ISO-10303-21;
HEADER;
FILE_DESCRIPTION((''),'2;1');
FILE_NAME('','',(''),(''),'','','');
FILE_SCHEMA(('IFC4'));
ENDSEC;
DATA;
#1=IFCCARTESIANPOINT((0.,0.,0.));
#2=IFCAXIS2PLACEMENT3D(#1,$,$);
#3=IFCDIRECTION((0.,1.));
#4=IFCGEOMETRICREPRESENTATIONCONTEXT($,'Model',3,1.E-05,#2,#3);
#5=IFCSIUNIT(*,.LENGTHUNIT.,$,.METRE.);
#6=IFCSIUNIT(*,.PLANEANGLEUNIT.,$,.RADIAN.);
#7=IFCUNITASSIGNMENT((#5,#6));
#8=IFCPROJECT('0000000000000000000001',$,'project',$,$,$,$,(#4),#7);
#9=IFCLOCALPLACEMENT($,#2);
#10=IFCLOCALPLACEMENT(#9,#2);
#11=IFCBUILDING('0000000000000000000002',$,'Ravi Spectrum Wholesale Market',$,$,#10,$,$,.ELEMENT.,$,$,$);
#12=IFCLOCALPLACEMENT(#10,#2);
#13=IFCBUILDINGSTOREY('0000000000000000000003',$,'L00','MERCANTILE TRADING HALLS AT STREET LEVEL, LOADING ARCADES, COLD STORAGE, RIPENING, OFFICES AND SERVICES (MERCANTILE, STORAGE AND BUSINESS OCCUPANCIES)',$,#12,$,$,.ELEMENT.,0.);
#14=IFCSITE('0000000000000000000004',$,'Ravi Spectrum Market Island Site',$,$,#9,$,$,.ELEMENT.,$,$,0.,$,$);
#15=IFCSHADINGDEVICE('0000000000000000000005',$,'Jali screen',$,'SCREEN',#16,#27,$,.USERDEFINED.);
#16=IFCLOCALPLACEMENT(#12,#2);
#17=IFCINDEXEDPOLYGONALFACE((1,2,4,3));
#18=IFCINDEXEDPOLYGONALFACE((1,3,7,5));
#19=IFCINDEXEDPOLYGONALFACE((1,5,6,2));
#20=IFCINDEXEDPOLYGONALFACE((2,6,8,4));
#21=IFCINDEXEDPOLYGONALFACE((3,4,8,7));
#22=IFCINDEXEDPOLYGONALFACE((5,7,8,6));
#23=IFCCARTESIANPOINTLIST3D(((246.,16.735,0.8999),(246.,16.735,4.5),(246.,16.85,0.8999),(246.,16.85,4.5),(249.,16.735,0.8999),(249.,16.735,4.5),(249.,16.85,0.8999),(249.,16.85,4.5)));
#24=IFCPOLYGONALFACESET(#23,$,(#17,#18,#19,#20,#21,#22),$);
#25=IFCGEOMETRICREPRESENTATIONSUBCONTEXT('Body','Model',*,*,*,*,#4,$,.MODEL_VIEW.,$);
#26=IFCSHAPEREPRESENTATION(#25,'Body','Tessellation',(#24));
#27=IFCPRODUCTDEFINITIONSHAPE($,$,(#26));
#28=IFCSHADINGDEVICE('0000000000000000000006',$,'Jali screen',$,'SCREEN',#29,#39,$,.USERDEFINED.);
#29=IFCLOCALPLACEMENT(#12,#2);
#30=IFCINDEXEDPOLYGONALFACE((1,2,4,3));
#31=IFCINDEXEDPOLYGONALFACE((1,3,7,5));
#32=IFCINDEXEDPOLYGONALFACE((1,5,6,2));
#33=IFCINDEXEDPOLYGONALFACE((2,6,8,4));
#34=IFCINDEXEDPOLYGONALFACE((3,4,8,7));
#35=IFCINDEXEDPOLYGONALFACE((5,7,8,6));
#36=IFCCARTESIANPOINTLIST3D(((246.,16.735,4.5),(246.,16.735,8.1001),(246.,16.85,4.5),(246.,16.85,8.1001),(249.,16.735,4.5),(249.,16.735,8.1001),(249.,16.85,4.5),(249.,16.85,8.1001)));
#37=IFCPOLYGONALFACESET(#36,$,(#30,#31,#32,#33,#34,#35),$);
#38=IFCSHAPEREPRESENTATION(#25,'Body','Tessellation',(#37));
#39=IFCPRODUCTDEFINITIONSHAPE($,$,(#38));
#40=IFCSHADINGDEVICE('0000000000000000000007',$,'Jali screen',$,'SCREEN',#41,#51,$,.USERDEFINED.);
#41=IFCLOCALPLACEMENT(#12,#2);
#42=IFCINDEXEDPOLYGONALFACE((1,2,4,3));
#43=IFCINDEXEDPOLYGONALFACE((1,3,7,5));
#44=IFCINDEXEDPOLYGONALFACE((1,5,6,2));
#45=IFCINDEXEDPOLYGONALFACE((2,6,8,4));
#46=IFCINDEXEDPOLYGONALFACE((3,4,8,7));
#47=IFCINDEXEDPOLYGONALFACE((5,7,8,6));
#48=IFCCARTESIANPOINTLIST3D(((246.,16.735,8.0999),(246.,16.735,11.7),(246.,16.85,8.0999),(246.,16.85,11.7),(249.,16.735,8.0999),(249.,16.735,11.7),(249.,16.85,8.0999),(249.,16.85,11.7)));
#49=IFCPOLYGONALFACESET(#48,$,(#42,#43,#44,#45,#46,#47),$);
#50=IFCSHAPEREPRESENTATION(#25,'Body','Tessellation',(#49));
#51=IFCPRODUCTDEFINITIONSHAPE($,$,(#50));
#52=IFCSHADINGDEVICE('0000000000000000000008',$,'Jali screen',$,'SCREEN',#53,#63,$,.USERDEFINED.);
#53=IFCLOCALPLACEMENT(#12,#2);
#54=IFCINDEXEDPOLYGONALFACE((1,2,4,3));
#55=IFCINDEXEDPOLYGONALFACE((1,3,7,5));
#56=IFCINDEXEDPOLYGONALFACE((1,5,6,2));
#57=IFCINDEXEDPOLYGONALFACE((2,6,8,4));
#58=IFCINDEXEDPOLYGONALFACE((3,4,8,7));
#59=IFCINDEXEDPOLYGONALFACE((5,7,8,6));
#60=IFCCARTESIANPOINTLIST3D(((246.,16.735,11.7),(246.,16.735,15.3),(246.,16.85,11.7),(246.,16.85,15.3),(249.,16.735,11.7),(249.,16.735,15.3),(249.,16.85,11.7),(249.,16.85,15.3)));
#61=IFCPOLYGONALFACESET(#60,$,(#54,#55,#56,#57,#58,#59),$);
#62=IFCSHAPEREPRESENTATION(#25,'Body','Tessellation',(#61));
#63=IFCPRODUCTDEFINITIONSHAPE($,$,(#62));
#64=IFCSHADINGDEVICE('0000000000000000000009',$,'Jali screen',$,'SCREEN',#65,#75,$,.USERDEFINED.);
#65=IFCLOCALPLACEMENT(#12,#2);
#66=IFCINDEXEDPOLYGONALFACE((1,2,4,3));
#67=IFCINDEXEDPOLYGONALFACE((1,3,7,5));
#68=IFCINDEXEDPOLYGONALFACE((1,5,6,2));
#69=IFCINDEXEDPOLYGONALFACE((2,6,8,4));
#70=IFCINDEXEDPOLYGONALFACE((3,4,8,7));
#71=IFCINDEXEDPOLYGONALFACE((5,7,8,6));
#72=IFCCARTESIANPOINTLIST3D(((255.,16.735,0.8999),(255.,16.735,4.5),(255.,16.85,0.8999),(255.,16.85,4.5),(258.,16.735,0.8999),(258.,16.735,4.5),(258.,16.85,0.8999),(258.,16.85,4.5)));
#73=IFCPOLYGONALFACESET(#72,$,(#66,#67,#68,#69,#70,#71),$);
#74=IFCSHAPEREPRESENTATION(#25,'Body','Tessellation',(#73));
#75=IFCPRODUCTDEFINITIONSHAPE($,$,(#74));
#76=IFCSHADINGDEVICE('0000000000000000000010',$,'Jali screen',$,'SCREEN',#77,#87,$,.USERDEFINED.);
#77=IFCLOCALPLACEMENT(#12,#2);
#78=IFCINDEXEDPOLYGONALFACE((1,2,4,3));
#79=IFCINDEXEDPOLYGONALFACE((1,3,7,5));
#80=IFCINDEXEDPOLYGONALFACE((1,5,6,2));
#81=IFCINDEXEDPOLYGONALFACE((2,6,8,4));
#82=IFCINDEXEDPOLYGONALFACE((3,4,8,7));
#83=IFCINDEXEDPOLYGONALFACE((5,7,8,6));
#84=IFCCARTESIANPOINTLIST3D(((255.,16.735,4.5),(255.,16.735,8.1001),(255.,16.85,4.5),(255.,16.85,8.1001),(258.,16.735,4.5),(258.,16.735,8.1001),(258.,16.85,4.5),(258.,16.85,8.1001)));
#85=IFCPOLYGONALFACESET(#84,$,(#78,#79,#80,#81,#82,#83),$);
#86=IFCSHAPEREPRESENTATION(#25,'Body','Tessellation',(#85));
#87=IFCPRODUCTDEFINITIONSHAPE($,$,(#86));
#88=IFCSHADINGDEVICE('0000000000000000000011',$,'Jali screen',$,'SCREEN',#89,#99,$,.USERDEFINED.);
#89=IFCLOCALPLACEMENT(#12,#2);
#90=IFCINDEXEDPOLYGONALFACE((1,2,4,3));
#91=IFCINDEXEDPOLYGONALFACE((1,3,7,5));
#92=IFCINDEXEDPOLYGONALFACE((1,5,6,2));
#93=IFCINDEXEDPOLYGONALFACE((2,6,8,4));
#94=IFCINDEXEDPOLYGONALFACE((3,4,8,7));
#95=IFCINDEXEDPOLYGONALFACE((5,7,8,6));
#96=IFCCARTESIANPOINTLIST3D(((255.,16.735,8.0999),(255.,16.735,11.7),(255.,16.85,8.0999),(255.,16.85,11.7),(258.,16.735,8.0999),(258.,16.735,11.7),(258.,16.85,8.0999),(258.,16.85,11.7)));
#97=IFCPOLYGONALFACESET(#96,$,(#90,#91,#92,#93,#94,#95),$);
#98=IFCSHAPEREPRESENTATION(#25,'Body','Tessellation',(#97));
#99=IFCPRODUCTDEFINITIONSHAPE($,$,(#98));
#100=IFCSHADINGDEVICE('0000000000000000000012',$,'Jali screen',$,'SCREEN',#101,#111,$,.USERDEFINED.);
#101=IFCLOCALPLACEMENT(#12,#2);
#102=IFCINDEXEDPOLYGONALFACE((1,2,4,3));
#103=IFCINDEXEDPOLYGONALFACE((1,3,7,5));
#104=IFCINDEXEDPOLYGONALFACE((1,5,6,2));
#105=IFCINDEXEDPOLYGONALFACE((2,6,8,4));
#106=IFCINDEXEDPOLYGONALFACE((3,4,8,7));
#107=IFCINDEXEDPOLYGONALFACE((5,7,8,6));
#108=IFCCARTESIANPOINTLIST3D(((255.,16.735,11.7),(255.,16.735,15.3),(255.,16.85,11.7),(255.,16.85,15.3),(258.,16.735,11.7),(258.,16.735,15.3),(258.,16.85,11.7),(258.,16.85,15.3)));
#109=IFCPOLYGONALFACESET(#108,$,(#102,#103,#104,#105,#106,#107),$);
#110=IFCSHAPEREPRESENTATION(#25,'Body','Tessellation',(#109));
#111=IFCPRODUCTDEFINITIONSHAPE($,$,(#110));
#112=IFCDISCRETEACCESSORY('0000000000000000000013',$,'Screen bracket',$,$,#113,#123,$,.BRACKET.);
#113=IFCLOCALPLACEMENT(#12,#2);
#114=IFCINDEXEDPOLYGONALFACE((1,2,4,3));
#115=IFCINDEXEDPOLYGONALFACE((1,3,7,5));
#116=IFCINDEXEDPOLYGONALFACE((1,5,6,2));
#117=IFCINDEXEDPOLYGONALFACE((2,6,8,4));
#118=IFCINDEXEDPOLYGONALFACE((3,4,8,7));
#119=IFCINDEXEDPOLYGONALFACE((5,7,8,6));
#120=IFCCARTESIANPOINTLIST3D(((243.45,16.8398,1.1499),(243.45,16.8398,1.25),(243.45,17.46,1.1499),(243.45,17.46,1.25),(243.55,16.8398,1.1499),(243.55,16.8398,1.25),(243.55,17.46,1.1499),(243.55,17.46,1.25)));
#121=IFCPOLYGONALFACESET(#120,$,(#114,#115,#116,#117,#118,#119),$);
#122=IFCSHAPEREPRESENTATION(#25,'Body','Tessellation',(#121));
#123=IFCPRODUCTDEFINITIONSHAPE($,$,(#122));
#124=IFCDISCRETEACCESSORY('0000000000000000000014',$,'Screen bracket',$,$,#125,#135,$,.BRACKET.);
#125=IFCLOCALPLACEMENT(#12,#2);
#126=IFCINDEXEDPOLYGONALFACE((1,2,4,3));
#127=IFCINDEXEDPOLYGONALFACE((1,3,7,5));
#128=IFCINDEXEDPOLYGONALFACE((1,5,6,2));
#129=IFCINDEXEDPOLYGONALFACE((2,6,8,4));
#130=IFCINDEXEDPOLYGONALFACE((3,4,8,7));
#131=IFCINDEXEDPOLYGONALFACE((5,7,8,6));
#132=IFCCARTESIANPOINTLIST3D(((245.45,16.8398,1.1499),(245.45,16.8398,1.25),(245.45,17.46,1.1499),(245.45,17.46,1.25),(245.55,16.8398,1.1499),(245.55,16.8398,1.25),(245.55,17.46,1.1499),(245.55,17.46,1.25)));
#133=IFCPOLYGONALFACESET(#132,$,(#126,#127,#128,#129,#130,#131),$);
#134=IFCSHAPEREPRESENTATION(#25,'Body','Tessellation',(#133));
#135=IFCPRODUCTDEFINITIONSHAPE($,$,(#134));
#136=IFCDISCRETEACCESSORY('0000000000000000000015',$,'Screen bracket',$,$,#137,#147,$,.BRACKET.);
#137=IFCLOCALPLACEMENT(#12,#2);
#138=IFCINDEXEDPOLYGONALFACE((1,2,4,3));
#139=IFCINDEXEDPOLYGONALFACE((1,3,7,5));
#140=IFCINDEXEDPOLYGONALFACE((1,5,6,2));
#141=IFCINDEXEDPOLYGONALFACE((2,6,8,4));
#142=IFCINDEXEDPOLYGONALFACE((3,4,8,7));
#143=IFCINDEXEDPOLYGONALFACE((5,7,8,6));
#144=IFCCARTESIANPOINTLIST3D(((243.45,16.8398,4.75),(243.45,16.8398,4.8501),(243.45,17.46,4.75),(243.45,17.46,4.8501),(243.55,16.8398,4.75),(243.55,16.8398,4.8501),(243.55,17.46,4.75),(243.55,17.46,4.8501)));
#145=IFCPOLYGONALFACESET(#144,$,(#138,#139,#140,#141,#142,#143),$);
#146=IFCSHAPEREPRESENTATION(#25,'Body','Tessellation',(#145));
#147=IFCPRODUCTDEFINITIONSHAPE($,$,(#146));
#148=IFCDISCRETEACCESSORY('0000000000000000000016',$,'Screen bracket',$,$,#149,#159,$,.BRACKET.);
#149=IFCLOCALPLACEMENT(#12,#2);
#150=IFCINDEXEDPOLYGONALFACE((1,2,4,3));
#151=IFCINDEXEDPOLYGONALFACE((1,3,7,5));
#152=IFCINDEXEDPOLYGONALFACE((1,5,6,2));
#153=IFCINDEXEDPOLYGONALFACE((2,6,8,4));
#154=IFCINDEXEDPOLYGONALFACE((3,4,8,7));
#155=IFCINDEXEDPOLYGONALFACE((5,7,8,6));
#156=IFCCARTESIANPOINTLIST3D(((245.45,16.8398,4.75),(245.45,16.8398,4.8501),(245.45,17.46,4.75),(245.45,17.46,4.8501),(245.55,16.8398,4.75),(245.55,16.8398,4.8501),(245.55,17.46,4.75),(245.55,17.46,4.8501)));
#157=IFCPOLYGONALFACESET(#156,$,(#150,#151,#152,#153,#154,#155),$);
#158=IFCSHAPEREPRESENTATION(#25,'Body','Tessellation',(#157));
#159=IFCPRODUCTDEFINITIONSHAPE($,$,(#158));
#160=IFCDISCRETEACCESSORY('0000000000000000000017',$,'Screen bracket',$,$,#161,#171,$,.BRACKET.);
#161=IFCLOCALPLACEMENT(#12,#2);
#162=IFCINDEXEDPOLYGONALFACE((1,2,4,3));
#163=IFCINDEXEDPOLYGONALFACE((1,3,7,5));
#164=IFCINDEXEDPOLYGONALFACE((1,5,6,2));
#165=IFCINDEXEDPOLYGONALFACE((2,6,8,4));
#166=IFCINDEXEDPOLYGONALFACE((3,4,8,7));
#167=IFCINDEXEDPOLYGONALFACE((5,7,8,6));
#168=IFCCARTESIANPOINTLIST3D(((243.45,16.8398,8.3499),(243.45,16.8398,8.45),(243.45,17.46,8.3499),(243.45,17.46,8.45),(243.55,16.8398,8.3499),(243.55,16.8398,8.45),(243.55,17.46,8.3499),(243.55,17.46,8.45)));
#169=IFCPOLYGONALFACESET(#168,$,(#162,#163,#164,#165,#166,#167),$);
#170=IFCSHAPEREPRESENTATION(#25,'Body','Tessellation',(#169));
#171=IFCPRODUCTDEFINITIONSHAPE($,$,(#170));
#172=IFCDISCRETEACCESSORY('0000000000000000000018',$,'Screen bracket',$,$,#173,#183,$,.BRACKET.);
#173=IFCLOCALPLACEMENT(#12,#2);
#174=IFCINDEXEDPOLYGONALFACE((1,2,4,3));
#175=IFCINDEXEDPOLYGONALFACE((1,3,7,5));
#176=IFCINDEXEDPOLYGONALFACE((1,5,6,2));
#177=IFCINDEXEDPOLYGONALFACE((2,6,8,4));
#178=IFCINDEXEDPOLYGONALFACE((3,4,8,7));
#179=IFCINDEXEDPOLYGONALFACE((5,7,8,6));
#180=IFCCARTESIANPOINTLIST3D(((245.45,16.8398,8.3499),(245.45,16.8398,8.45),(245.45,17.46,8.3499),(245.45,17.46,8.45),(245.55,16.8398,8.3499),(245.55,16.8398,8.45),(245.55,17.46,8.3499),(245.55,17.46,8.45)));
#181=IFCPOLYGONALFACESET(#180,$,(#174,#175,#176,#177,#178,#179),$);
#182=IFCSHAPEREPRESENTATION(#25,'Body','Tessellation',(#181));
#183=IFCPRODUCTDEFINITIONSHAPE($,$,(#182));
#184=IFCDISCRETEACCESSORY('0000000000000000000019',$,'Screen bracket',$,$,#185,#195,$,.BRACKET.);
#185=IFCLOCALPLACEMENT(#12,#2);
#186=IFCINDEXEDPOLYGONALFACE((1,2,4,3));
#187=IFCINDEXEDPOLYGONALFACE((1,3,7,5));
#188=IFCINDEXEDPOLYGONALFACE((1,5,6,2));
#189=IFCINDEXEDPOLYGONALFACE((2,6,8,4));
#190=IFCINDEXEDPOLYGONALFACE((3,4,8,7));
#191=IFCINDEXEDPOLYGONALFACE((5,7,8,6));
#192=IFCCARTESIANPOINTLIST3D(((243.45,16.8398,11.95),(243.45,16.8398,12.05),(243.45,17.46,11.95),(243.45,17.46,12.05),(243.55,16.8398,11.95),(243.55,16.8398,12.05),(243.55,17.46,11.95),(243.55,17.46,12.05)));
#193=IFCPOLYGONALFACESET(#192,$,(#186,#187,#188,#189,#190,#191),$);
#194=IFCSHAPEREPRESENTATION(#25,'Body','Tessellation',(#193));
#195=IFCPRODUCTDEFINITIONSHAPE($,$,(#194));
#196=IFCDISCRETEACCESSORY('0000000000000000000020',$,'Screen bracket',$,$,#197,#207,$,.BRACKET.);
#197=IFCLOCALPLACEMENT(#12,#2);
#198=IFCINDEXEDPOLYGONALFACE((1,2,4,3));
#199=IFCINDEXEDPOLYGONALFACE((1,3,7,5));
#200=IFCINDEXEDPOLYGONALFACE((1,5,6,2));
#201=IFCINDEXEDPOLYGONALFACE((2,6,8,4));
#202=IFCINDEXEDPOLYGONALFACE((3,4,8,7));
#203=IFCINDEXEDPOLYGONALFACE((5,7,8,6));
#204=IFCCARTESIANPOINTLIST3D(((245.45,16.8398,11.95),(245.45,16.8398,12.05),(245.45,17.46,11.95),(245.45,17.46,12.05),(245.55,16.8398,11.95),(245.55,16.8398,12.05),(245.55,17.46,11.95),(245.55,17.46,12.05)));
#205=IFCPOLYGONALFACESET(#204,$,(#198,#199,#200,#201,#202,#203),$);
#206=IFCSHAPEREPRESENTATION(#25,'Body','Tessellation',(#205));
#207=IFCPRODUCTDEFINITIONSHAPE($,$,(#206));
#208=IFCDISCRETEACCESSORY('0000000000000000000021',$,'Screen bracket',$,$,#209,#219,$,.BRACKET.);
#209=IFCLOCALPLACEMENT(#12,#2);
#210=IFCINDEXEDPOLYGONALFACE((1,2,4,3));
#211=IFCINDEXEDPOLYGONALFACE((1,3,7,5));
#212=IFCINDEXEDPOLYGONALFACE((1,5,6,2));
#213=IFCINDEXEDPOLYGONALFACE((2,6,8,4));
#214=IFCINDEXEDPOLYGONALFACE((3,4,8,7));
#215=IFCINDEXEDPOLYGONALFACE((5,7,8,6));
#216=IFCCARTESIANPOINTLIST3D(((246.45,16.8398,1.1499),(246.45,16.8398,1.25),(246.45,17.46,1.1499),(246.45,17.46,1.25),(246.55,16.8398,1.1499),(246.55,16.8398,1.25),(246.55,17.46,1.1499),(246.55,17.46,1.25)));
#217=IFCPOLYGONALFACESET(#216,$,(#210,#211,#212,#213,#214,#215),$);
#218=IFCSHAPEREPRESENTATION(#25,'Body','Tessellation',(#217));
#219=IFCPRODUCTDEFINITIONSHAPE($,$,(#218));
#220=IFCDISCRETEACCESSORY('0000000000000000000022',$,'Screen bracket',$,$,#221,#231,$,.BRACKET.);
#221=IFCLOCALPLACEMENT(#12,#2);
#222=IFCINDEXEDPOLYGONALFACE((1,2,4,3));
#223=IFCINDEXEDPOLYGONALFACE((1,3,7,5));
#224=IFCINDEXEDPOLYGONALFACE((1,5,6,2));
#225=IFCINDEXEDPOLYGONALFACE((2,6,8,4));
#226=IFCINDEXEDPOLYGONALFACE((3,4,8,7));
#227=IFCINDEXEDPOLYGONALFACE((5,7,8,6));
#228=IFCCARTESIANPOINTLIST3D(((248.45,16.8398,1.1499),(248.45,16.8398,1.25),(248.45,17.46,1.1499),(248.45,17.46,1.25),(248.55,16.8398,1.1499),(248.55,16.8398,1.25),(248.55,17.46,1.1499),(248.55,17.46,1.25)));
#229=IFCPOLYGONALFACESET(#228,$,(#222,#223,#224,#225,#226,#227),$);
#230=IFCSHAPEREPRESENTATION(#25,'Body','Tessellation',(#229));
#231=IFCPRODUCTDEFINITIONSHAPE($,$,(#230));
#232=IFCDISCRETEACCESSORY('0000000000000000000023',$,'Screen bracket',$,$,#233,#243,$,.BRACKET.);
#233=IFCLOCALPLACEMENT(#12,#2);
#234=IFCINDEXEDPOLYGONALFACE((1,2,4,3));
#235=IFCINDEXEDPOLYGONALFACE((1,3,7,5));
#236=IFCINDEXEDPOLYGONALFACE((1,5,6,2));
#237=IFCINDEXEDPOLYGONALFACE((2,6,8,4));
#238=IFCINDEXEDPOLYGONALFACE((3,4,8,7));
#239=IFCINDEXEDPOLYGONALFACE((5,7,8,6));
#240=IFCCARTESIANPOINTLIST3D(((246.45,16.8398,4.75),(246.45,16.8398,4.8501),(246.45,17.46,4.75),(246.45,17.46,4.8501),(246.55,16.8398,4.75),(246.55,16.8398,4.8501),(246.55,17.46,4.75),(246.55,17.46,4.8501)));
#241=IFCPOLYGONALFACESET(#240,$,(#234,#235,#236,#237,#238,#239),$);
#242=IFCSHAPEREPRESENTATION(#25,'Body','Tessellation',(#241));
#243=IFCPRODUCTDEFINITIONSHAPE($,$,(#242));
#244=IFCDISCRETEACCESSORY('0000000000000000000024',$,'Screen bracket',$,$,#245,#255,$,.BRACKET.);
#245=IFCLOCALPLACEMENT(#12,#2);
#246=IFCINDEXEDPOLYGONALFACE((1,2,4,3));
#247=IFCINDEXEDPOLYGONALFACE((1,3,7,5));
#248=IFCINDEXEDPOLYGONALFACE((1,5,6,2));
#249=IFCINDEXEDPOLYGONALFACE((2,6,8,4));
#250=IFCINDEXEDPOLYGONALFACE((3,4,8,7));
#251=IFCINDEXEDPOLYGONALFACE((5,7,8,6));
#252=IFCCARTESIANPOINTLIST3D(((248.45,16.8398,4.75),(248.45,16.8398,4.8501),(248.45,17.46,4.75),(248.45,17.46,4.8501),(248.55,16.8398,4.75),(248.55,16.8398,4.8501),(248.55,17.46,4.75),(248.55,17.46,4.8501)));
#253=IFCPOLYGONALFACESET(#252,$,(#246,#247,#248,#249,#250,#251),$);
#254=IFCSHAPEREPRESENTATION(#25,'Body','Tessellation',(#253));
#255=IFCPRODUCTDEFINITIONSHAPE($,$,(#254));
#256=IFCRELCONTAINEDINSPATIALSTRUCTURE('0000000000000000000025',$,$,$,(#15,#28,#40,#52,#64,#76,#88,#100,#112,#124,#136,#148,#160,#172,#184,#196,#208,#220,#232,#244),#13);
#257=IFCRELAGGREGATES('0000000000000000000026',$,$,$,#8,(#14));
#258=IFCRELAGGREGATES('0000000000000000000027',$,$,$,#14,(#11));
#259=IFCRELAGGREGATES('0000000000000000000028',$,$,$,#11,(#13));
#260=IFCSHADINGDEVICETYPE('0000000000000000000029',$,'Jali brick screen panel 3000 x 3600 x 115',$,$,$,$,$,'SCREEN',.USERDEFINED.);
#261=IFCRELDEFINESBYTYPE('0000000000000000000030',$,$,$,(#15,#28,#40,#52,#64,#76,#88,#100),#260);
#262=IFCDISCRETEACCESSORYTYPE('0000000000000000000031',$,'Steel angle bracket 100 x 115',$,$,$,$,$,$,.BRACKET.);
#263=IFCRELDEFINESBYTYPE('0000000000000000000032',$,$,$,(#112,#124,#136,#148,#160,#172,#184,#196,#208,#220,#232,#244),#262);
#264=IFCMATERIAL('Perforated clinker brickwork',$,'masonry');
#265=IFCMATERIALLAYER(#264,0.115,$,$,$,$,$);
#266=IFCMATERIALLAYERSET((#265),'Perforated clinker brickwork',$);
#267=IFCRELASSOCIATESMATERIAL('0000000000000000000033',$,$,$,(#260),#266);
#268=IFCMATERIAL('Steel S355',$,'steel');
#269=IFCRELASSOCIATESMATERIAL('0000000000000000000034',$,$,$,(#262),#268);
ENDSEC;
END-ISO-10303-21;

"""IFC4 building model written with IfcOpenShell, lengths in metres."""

from ifc_helpers import new_model, si_unit, direction, frame, origin, origin_2d, place, context, subcontext, project, spatial, rectangle, extrude, material, layer, layer_set, type_object, element, save


model = new_model("IFC4")

# Units and contexts
model_context = context("Model", 3, precision=1e-05, world=origin(), true_north=direction((0.0, 1.0)))
body_context = subcontext(model_context, "Body", "Model", "MODEL_VIEW")
ifc_project = project(units=[si_unit("LENGTHUNIT", "METRE"), si_unit("PLANEANGLEUNIT", "RADIAN")], contexts=[model_context])

# Site, building, storey
site_placement = place(None, origin())
site = spatial("IfcSite", under=ifc_project, at=site_placement, Name="Ravi Spectrum Market Island Site", CompositionType="ELEMENT", RefElevation=0.0)
building_placement = place(site_placement, origin())
building = spatial("IfcBuilding", under=site, at=building_placement, Name="Ravi Spectrum Wholesale Market", CompositionType="ELEMENT")
storey_placement = place(building_placement, origin())
storey = spatial("IfcBuildingStorey", under=building, at=storey_placement, Name="L00", Description="MERCANTILE TRADING HALLS AT STREET LEVEL, LOADING ARCADES, COLD STORAGE, RIPENING, OFFICES AND SERVICES (MERCANTILE, STORAGE AND BUSINESS OCCUPANCIES)", CompositionType="ELEMENT", Elevation=0.0)

# Shading devices
ifc_material_1 = material(Name="Perforated clinker brickwork", Category="masonry")
ifc_layer = layer(ifc_material_1, 0.115)
ifc_layer_set = layer_set([ifc_layer], Name="Perforated clinker brickwork")
shading_device_type = type_object("IfcShadingDeviceType", Name="Jali brick screen panel 3000 x 3600 x 115", ElementType="SCREEN", PredefinedType="USERDEFINED", material=ifc_layer_set)
for number, where, z_axis, x_axis, name in (
    (1, (247.5, 16.7925, 0.8999), (0.0, 0.0, 1.0), (1.0, 0.0, 0.0), "Jali screen"),
    (2, (247.5, 16.7925, 4.5), (0.0, 0.0, 1.0), (1.0, 0.0, 0.0), "Jali screen"),
    (3, (247.5, 16.7925, 8.0999), (0.0, 0.0, 1.0), (1.0, 0.0, 0.0), "Jali screen"),
    (4, (247.5, 16.7925, 11.7), (0.0, 0.0, 1.0), (1.0, 0.0, 0.0), "Jali screen"),
    (5, (256.5, 16.7925, 0.8999), (0.0, 0.0, 1.0), (1.0, 0.0, 0.0), "Jali screen"),
    (6, (256.5, 16.7925, 4.5), (0.0, 0.0, 1.0), (1.0, 0.0, 0.0), "Jali screen"),
    (7, (256.5, 16.7925, 8.0999), (0.0, 0.0, 1.0), (1.0, 0.0, 0.0), "Jali screen"),
    (8, (256.5, 16.7925, 11.7), (0.0, 0.0, 1.0), (1.0, 0.0, 0.0), "Jali screen"),
):
    element("IfcShadingDevice", number, at=place(storey_placement, frame(where, z_axis=z_axis, x_axis=x_axis)), inside=storey, type_object=shading_device_type, Name=name, ObjectType="SCREEN", PredefinedType="USERDEFINED", context=body_context, shape_type="SweptSolid", body=[
        extrude(rectangle(XDim=3.0, YDim=0.115, at=origin_2d()), origin(), (0.0, 0.0, 1.0), 3.6001),
    ])

# Discrete accessories
ifc_material_2 = material(Name="Steel S355", Category="steel")
discrete_accessory_type = type_object("IfcDiscreteAccessoryType", Name="Steel angle bracket 100 x 115", PredefinedType="BRACKET", material=ifc_material_2)
for number, where, z_axis, x_axis, name in (
    (9, (243.5, 17.1499, 1.1499), (0.0, 0.0, 1.0), (1.0, 0.0, 0.0), "Screen bracket"),
    (10, (245.5, 17.1499, 1.1499), (0.0, 0.0, 1.0), (1.0, 0.0, 0.0), "Screen bracket"),
    (11, (243.5, 17.1499, 4.75), (0.0, 0.0, 1.0), (1.0, 0.0, 0.0), "Screen bracket"),
    (12, (245.5, 17.1499, 4.75), (0.0, 0.0, 1.0), (1.0, 0.0, 0.0), "Screen bracket"),
    (13, (243.5, 17.1499, 8.3499), (0.0, 0.0, 1.0), (1.0, 0.0, 0.0), "Screen bracket"),
    (14, (245.5, 17.1499, 8.3499), (0.0, 0.0, 1.0), (1.0, 0.0, 0.0), "Screen bracket"),
    (15, (243.5, 17.1499, 11.95), (0.0, 0.0, 1.0), (1.0, 0.0, 0.0), "Screen bracket"),
    (16, (245.5, 17.1499, 11.95), (0.0, 0.0, 1.0), (1.0, 0.0, 0.0), "Screen bracket"),
    (17, (246.5, 17.1499, 1.1499), (0.0, 0.0, 1.0), (1.0, 0.0, 0.0), "Screen bracket"),
    (18, (248.5, 17.1499, 1.1499), (0.0, 0.0, 1.0), (1.0, 0.0, 0.0), "Screen bracket"),
    (19, (246.5, 17.1499, 4.75), (0.0, 0.0, 1.0), (1.0, 0.0, 0.0), "Screen bracket"),
    (20, (248.5, 17.1499, 4.75), (0.0, 0.0, 1.0), (1.0, 0.0, 0.0), "Screen bracket"),
):
    element("IfcDiscreteAccessory", number, at=place(storey_placement, frame(where, z_axis=z_axis, x_axis=x_axis)), inside=storey, type_object=discrete_accessory_type, Name=name, PredefinedType="BRACKET", context=body_context, shape_type="SweptSolid", body=[
        extrude(rectangle(XDim=0.1001, YDim=0.6201, at=origin_2d()), origin(), (0.0, 0.0, 1.0), 0.1001),
    ])

save(model, "model.ifc")
